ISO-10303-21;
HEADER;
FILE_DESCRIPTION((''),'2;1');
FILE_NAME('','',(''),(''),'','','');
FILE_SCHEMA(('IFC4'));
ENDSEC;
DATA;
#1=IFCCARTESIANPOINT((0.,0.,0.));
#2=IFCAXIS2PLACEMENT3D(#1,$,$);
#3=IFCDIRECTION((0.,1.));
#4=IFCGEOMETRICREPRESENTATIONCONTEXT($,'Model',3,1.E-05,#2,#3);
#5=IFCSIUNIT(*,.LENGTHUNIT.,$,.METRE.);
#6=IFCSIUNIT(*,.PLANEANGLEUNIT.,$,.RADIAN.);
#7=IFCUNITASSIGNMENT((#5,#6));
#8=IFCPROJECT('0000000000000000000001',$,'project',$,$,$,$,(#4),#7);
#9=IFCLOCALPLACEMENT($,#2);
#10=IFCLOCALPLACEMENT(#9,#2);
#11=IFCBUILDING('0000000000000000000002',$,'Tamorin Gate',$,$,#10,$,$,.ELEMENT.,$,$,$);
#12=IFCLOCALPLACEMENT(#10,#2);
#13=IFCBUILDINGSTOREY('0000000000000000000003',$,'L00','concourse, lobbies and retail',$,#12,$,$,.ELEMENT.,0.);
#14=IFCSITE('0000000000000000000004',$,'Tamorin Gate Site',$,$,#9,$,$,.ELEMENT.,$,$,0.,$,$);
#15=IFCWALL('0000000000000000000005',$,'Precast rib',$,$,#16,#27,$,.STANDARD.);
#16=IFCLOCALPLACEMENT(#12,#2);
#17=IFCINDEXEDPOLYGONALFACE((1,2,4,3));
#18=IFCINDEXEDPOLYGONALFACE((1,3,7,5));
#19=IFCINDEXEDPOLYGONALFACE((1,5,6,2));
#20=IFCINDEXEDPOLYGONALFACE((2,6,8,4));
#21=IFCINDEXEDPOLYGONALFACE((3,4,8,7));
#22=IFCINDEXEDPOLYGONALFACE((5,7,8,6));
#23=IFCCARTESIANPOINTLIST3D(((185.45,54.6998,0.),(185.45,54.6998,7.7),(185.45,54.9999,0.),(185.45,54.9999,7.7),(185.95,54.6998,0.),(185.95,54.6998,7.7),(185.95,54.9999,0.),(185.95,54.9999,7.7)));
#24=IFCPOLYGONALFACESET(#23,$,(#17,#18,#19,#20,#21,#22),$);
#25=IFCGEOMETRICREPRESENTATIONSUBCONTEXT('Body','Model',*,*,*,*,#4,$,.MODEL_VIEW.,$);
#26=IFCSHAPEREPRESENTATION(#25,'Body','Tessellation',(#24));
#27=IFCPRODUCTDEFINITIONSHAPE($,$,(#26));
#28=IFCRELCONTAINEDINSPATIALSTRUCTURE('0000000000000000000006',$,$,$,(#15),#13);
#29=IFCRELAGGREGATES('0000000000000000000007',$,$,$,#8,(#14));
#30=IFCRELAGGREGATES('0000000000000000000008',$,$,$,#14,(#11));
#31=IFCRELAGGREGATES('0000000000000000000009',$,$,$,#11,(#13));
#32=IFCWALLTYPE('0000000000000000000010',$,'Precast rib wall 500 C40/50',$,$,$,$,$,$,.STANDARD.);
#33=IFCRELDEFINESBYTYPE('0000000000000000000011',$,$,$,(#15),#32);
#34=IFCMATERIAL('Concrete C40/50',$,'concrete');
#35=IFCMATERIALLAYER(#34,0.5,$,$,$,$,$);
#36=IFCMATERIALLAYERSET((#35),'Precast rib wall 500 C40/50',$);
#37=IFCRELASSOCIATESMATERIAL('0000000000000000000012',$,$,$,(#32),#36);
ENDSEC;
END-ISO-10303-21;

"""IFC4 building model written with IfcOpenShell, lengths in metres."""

from ifc_helpers import new_model, si_unit, direction, frame, frame_2d, origin, place, context, subcontext, project, spatial, rectangle, extrude, material, layer, layer_set, type_object, element, save


model = new_model("IFC4")

# Units and contexts
model_context = context("Model", 3, precision=1e-05, world=origin(), true_north=direction((0.0, 1.0)))
body_context = subcontext(model_context, "Body", "Model", "MODEL_VIEW")
ifc_project = project(units=[si_unit("LENGTHUNIT", "METRE"), si_unit("PLANEANGLEUNIT", "RADIAN")], contexts=[model_context])

# Site, building, storey
site_placement = place(None, origin())
site = spatial("IfcSite", under=ifc_project, at=site_placement, Name="Tamorin Gate Site", CompositionType="ELEMENT", RefElevation=0.0)
building_placement = place(site_placement, origin())
building = spatial("IfcBuilding", under=site, at=building_placement, Name="Tamorin Gate", CompositionType="ELEMENT")
storey_placement = place(building_placement, origin())
storey = spatial("IfcBuildingStorey", under=building, at=storey_placement, Name="L00", Description="concourse, lobbies and retail", CompositionType="ELEMENT", Elevation=0.0)

# Shared definitions
ifc_material_1 = material(Name="Concrete C40/50", Category="concrete")

# Wall
ifc_layer_1 = layer(ifc_material_1, 0.5)
ifc_layer_set_1 = layer_set([ifc_layer_1], Name="Precast rib wall 500 C40/50")
wall_type_1 = type_object("IfcWallType", Name="Precast rib wall 500 C40/50", PredefinedType="STANDARD", material=ifc_layer_set_1)
for number, where, z_axis, x_axis, name in (
    (1, (185.7, 54.7, 0.0), (0.0, 0.0, 1.0), (0.0, 1.0, 0.0), "Precast rib"),
):
    element("IfcWall", number, at=place(storey_placement, frame(where, z_axis=z_axis, x_axis=x_axis)), inside=storey, type_object=wall_type_1, Name=name, PredefinedType="STANDARD", context=body_context, shape_type="SweptSolid", body=[
        extrude(rectangle(XDim=0.3, YDim=0.5, at=frame_2d((0.1499, 0.0))), origin(), (0.0, 0.0, 1.0), 7.7),
    ])

save(model, "model.ifc")
